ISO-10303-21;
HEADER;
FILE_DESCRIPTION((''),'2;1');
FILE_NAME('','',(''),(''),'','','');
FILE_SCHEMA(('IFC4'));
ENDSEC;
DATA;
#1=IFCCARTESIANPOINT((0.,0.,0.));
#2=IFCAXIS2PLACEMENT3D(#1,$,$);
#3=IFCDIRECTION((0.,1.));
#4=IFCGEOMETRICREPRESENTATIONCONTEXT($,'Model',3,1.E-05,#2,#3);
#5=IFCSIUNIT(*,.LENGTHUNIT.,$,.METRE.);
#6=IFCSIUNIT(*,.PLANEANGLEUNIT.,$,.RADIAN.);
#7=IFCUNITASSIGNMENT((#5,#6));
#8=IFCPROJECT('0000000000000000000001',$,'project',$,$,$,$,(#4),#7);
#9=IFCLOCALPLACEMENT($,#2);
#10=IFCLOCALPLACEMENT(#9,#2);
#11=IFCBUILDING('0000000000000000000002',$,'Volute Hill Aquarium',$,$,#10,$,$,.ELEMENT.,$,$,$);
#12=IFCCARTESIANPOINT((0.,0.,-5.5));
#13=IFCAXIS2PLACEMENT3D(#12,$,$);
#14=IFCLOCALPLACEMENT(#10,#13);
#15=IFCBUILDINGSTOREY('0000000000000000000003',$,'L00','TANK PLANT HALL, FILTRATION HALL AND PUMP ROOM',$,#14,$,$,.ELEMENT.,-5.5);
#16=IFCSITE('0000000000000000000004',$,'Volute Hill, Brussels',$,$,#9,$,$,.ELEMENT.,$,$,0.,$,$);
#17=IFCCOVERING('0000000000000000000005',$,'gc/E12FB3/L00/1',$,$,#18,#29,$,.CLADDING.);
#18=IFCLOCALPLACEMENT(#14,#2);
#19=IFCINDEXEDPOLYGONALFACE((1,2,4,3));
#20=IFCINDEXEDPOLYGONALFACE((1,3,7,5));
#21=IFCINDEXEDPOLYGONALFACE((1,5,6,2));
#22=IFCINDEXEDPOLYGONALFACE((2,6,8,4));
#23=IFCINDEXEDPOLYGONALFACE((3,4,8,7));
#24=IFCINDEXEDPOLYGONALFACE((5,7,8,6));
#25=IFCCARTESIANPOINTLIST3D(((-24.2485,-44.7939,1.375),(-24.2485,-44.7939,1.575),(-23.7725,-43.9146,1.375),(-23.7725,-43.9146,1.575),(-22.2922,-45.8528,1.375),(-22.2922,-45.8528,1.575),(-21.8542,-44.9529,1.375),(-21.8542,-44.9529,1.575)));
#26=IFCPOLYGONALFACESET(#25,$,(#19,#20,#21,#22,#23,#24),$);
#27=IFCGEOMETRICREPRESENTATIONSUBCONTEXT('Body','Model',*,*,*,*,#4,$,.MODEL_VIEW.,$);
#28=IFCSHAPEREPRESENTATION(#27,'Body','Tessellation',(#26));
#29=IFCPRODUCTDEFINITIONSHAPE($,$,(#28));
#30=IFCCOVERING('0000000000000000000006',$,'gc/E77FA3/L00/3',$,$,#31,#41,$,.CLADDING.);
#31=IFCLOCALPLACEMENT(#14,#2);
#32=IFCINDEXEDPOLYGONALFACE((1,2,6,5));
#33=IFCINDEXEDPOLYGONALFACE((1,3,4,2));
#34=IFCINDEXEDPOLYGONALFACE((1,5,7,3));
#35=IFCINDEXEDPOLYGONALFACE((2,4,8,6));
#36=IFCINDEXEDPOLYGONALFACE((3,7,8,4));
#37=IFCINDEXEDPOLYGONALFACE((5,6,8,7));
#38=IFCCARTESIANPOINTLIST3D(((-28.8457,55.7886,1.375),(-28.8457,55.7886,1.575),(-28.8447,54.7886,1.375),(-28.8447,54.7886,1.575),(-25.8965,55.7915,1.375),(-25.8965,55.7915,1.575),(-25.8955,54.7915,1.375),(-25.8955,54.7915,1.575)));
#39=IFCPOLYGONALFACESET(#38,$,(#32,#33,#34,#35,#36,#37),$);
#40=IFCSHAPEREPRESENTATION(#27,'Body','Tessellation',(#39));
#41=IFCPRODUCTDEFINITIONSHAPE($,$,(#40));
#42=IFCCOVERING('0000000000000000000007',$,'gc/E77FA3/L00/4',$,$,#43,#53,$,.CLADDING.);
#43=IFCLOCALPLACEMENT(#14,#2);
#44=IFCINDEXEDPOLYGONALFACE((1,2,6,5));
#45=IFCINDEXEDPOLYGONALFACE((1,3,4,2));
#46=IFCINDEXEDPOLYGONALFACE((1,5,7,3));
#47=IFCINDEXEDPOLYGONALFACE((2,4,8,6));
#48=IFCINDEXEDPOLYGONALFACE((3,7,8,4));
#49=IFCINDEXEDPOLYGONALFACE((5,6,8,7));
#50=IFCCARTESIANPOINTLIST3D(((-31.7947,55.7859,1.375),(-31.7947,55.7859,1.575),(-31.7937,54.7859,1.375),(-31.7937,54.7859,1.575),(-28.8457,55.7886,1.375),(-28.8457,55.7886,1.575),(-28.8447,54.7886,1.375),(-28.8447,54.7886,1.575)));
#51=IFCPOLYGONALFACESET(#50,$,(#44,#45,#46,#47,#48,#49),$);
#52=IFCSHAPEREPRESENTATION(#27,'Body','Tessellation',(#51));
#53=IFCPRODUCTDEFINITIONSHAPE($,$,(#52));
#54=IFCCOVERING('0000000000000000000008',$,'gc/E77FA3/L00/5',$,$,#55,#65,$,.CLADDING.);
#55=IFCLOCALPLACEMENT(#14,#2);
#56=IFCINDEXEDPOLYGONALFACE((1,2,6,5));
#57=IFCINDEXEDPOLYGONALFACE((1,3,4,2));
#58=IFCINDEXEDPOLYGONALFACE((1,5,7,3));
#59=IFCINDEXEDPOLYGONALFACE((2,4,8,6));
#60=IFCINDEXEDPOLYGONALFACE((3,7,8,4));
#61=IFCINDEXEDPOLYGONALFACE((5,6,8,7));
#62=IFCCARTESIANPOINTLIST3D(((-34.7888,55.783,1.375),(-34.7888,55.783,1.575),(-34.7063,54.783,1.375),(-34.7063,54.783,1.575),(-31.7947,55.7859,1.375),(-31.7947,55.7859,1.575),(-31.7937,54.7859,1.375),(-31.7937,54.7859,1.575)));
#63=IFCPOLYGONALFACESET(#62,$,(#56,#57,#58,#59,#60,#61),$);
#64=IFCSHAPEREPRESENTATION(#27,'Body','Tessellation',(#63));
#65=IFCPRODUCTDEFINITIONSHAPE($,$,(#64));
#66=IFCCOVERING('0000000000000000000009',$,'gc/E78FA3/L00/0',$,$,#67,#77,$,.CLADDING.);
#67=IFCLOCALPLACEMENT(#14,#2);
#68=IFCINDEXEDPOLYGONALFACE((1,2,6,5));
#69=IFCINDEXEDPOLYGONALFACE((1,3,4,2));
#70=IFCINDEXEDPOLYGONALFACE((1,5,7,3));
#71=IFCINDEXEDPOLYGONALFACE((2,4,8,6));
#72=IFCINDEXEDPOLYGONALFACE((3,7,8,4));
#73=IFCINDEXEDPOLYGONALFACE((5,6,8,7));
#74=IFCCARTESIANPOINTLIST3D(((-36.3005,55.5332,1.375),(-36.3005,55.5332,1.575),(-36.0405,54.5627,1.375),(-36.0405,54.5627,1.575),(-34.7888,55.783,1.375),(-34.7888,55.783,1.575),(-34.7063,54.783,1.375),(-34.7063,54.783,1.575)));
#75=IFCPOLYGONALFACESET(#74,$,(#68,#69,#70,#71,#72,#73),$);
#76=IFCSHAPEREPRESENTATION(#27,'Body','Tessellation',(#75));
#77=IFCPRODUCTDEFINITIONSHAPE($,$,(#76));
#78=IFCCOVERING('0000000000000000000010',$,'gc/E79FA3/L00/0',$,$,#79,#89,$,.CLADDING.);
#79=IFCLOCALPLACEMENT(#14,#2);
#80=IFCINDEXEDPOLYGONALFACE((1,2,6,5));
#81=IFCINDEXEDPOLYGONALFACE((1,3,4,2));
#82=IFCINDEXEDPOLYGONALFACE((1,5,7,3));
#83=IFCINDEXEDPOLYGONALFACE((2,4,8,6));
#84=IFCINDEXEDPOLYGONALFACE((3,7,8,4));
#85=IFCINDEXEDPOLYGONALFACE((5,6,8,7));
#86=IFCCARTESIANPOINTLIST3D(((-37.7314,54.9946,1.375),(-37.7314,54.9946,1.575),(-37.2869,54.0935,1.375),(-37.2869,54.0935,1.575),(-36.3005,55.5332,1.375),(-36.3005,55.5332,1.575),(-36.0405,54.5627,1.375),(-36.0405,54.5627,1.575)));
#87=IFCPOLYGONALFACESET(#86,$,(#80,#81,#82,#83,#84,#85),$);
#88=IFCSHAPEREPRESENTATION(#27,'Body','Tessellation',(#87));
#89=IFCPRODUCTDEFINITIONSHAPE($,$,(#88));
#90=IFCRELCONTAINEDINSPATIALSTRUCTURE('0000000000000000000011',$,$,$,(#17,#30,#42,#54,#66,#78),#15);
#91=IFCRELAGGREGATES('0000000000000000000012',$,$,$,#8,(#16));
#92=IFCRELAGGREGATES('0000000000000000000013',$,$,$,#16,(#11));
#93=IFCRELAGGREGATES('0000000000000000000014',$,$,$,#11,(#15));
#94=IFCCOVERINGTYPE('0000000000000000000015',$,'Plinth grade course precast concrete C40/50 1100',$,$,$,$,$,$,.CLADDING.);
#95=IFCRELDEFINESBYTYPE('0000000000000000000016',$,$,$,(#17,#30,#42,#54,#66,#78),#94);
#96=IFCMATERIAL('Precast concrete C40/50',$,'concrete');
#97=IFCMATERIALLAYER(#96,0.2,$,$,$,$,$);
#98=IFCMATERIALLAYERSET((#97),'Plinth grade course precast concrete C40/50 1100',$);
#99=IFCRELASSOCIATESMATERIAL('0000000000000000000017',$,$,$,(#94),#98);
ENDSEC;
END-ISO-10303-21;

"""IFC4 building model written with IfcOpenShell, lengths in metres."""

from ifc_helpers import new_model, si_unit, direction, frame, origin, place, context, subcontext, project, spatial, polyline, outline, extrude, material, layer, layer_set, type_object, element, save


model = new_model("IFC4")

# Units and contexts
model_context = context("Model", 3, precision=1e-05, world=origin(), true_north=direction((0.0, 1.0)))
body_context = subcontext(model_context, "Body", "Model", "MODEL_VIEW")
ifc_project = project(units=[si_unit("LENGTHUNIT", "METRE"), si_unit("PLANEANGLEUNIT", "RADIAN")], contexts=[model_context])

# Site, building, storey
site_placement = place(None, origin())
site = spatial("IfcSite", under=ifc_project, at=site_placement, Name="Volute Hill, Brussels", CompositionType="ELEMENT", RefElevation=0.0)
building_placement = place(site_placement, origin())
building = spatial("IfcBuilding", under=site, at=building_placement, Name="Volute Hill Aquarium", CompositionType="ELEMENT")
storey_placement = place(building_placement, frame((0.0, 0.0, -5.5)))
storey = spatial("IfcBuildingStorey", under=building, at=storey_placement, Name="L00", Description="TANK PLANT HALL, FILTRATION HALL AND PUMP ROOM", CompositionType="ELEMENT", Elevation=-5.5)

# Coverings
ifc_material_1 = material(Name="Precast concrete C40/50", Category="concrete")
ifc_layer_1 = layer(ifc_material_1, 0.2)
ifc_layer_set_1 = layer_set([ifc_layer_1], Name="Plinth grade course precast concrete C40/50 1100")
covering_type_1 = type_object("IfcCoveringType", Name="Plinth grade course precast concrete C40/50 1100", PredefinedType="CLADDING", material=ifc_layer_set_1)
covering_1_placement = place(storey_placement, frame((0.0, 0.0, 1.375)))
element("IfcCovering", 1, at=covering_1_placement, inside=storey, type_object=covering_type_1, Name="gc/E12FB3/L00/1", PredefinedType="CLADDING", context=body_context, shape_type="SweptSolid", body=[
    extrude(outline(polyline([(-22.2922, -45.8528), (-22.2922, -45.8528), (-21.8542, -44.9529), (-21.8542, -44.9529), (-23.7725, -43.9146), (-24.2485, -44.7939), (-22.2922, -45.8528)])), origin(), (0.0, 0.0, 1.0), 0.2),
])
covering_2_placement = place(storey_placement, frame((0.0, 0.0, 1.375)))
element("IfcCovering", 2, at=covering_2_placement, inside=storey, type_object=covering_type_1, Name="gc/E77FA3/L00/3", PredefinedType="CLADDING", context=body_context, shape_type="SweptSolid", body=[
    extrude(outline(polyline([(-25.8965, 55.7915), (-28.8457, 55.7886), (-28.8447, 54.7886), (-25.8955, 54.7915), (-25.8965, 55.7915)])), origin(), (0.0, 0.0, 1.0), 0.2),
])
covering_3_placement = place(storey_placement, frame((0.0, 0.0, 1.375)))
element("IfcCovering", 3, at=covering_3_placement, inside=storey, type_object=covering_type_1, Name="gc/E77FA3/L00/4", PredefinedType="CLADDING", context=body_context, shape_type="SweptSolid", body=[
    extrude(outline(polyline([(-28.8457, 55.7886), (-31.7947, 55.7859), (-31.7937, 54.7859), (-28.8447, 54.7886), (-28.8457, 55.7886)])), origin(), (0.0, 0.0, 1.0), 0.2),
])
covering_4_placement = place(storey_placement, frame((0.0, 0.0, 1.375)))
element("IfcCovering", 4, at=covering_4_placement, inside=storey, type_object=covering_type_1, Name="gc/E77FA3/L00/5", PredefinedType="CLADDING", context=body_context, shape_type="SweptSolid", body=[
    extrude(outline(polyline([(-34.7888, 55.783), (-34.7888, 55.783), (-34.7063, 54.783), (-34.7063, 54.783), (-31.7937, 54.7859), (-31.7947, 55.7859), (-34.7888, 55.783)])), origin(), (0.0, 0.0, 1.0), 0.2),
])
covering_5_placement = place(storey_placement, frame((0.0, 0.0, 1.375)))
element("IfcCovering", 5, at=covering_5_placement, inside=storey, type_object=covering_type_1, Name="gc/E78FA3/L00/0", PredefinedType="CLADDING", context=body_context, shape_type="SweptSolid", body=[
    extrude(outline(polyline([(-34.7888, 55.783), (-36.3005, 55.5332), (-36.0405, 54.5627), (-36.0405, 54.5627), (-34.7063, 54.783), (-34.7888, 55.783)])), origin(), (0.0, 0.0, 1.0), 0.2),
])
covering_6_placement = place(storey_placement, frame((0.0, 0.0, 1.375)))
element("IfcCovering", 6, at=covering_6_placement, inside=storey, type_object=covering_type_1, Name="gc/E79FA3/L00/0", PredefinedType="CLADDING", context=body_context, shape_type="SweptSolid", body=[
    extrude(outline(polyline([(-36.3005, 55.5332), (-37.7314, 54.9946), (-37.2869, 54.0935), (-36.0405, 54.5627), (-36.3005, 55.5332), (-36.3005, 55.5332)])), origin(), (0.0, 0.0, 1.0), 0.2),
])

save(model, "model.ifc")
